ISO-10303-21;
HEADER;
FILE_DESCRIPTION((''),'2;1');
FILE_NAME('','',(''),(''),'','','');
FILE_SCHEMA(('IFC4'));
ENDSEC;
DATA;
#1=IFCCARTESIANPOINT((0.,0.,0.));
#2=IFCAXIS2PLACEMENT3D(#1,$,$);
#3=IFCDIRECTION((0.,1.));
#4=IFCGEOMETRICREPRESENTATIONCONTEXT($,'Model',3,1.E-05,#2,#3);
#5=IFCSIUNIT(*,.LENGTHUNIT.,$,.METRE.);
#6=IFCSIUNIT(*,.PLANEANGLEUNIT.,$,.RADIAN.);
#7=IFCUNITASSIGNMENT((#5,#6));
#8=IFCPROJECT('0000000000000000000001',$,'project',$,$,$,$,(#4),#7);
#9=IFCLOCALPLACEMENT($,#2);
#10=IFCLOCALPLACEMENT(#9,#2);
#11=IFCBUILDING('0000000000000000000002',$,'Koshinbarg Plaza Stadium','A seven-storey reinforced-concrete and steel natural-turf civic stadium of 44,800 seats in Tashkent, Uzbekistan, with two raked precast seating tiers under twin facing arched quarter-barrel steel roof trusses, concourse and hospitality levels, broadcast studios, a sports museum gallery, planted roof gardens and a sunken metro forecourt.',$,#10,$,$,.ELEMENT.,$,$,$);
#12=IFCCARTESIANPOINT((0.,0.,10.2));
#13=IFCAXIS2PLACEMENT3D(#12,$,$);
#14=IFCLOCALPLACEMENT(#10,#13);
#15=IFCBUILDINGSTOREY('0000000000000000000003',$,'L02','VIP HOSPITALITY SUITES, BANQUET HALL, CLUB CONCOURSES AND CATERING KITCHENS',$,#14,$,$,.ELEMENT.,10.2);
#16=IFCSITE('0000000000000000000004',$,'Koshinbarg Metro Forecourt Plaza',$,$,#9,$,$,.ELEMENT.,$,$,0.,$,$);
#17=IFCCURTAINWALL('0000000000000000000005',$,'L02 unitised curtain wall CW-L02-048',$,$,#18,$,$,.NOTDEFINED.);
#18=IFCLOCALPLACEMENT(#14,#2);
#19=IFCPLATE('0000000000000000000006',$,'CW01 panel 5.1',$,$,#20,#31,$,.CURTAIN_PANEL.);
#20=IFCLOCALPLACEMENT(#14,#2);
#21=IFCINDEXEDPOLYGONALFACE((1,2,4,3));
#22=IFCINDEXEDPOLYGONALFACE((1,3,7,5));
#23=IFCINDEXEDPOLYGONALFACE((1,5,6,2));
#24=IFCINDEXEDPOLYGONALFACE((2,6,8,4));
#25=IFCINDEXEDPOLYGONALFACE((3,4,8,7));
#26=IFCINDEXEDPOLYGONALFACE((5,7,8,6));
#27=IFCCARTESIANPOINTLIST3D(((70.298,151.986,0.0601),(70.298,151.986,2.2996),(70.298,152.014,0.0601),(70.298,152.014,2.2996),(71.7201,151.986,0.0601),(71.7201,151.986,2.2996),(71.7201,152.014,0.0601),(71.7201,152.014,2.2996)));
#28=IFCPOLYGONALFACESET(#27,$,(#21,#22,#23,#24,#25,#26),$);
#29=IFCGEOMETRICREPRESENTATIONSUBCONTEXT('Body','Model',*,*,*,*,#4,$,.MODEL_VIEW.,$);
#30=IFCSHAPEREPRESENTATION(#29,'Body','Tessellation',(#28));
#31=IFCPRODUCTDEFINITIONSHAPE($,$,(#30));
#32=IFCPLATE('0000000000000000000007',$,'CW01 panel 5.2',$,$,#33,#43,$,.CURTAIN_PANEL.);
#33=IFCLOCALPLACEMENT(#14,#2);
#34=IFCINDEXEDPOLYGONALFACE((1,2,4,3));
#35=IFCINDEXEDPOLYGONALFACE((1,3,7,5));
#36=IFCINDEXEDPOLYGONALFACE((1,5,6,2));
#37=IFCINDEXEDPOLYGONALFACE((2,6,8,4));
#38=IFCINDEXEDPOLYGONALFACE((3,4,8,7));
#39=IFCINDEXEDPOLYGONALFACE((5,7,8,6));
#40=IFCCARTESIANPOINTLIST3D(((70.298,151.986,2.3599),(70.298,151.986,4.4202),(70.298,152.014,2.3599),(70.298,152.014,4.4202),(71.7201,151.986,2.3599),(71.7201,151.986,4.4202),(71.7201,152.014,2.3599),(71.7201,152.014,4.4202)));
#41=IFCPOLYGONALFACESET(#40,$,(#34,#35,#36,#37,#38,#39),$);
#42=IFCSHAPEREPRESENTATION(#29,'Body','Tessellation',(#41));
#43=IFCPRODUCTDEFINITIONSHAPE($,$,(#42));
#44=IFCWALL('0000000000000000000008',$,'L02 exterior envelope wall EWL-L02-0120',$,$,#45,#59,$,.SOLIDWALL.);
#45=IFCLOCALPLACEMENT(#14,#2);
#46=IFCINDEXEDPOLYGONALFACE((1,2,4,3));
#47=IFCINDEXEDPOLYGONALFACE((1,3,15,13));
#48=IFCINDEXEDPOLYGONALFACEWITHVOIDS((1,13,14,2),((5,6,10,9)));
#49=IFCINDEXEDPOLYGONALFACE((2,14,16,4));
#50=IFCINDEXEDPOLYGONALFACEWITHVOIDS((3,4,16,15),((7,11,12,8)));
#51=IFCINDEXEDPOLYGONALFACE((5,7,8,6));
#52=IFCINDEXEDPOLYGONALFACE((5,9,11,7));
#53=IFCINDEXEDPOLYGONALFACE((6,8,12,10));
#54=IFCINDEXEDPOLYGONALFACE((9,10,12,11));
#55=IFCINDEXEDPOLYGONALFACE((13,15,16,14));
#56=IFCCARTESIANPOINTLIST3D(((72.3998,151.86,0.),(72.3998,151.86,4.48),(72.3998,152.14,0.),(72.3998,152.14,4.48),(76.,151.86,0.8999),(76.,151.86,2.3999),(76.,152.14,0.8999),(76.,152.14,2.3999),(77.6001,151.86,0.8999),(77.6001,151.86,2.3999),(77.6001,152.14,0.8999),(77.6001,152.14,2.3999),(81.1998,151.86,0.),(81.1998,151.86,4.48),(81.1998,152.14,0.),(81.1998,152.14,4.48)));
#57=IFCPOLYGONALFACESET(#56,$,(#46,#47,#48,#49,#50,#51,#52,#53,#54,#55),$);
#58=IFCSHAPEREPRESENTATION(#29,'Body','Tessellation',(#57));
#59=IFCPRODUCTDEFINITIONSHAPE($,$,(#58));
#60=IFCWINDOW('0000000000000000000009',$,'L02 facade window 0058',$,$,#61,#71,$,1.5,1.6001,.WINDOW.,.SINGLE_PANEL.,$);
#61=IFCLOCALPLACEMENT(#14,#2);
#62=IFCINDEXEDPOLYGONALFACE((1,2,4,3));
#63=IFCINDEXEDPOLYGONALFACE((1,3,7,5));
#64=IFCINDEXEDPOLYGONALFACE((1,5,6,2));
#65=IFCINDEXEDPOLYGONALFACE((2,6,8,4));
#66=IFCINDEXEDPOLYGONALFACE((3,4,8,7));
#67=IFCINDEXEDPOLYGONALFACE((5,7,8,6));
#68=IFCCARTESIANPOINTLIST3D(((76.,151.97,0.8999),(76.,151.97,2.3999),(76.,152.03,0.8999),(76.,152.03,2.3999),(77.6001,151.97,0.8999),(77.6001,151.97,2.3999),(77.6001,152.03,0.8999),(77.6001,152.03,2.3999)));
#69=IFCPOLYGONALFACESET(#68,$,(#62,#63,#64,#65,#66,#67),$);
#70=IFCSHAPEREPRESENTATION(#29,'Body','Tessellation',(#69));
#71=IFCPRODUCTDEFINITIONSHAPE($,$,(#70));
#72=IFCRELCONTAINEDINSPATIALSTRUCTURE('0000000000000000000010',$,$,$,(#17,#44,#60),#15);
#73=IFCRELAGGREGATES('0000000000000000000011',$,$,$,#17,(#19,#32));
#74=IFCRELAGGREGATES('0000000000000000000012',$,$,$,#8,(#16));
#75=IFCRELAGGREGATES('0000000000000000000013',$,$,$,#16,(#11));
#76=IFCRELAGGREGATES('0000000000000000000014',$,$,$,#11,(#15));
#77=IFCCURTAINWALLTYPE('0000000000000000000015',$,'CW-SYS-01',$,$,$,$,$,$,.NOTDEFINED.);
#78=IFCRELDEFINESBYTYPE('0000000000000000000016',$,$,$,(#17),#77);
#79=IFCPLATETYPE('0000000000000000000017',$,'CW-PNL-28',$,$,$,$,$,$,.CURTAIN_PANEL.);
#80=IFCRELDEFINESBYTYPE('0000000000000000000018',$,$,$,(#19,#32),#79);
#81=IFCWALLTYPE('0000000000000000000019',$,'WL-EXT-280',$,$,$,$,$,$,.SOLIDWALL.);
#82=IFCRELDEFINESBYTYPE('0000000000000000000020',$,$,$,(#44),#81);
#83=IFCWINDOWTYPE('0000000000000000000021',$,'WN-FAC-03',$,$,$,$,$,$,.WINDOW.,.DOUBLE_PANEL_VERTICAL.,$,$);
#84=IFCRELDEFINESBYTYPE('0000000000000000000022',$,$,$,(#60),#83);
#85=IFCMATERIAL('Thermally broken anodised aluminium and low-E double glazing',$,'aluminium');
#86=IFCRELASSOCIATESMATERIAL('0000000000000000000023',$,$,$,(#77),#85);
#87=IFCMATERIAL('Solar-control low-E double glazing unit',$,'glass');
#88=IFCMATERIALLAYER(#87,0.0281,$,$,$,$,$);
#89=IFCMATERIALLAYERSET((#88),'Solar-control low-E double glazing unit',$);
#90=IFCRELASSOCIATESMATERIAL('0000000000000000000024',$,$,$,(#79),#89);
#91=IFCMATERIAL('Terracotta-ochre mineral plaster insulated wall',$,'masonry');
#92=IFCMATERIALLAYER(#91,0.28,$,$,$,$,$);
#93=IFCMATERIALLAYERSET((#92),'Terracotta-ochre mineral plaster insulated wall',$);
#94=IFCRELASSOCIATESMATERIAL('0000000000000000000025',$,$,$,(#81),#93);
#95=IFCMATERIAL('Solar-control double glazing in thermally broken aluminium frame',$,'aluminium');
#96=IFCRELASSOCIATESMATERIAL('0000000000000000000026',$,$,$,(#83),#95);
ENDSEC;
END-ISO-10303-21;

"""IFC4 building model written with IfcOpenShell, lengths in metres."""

from ifc_helpers import new_model, si_unit, direction, frame, frame_2d, origin, origin_2d, place, context, subcontext, project, spatial, rectangle, extrude, material, layer, layer_set, type_object, element, fill, aggregate, save


model = new_model("IFC4")

# Units and contexts
model_context = context("Model", 3, precision=1e-05, world=origin(), true_north=direction((0.0, 1.0)))
body_context = subcontext(model_context, "Body", "Model", "MODEL_VIEW")
ifc_project = project(units=[si_unit("LENGTHUNIT", "METRE"), si_unit("PLANEANGLEUNIT", "RADIAN")], contexts=[model_context])

# Site, building, storey
site_placement = place(None, origin())
site = spatial("IfcSite", under=ifc_project, at=site_placement, Name="Koshinbarg Metro Forecourt Plaza", CompositionType="ELEMENT", RefElevation=0.0)
building_placement = place(site_placement, origin())
building = spatial("IfcBuilding", under=site, at=building_placement, Name="Koshinbarg Plaza Stadium", Description="A seven-storey reinforced-concrete and steel natural-turf civic stadium of 44,800 seats in Tashkent, Uzbekistan, with two raked precast seating tiers under twin facing arched quarter-barrel steel roof trusses, concourse and hospitality levels, broadcast studios, a sports museum gallery, planted roof gardens and a sunken metro forecourt.", CompositionType="ELEMENT")
storey_placement = place(building_placement, frame((0.0, 0.0, 10.2)))
storey = spatial("IfcBuildingStorey", under=building, at=storey_placement, Name="L02", Description="VIP HOSPITALITY SUITES, BANQUET HALL, CLUB CONCOURSES AND CATERING KITCHENS", CompositionType="ELEMENT", Elevation=10.2)

# Curtain wall
ifc_material_1 = material(Name="Thermally broken anodised aluminium and low-E double glazing", Category="aluminium")
curtain_wall_type_1 = type_object("IfcCurtainWallType", Name="CW-SYS-01", PredefinedType="NOTDEFINED", material=ifc_material_1)
curtain_wall_1_placement = place(storey_placement, origin())
curtain_wall_1 = element("IfcCurtainWall", 1, at=curtain_wall_1_placement, inside=storey, type_object=curtain_wall_type_1, Name="L02 unitised curtain wall CW-L02-048", PredefinedType="NOTDEFINED")

# Plates
ifc_material_2 = material(Name="Solar-control low-E double glazing unit", Category="glass")
ifc_layer_1 = layer(ifc_material_2, 0.0281)
ifc_layer_set_1 = layer_set([ifc_layer_1], Name="Solar-control low-E double glazing unit")
plate_type = type_object("IfcPlateType", Name="CW-PNL-28", PredefinedType="CURTAIN_PANEL", material=ifc_layer_set_1)
plate_1_placement = place(storey_placement, frame((71.009, 152.0, 0.0601), z_axis=(0.0, 0.0, 1.0), x_axis=(1.0, 0.0, 0.0)))
plate_1 = element("IfcPlate", 2, at=plate_1_placement, type_object=plate_type, Name="CW01 panel 5.1", PredefinedType="CURTAIN_PANEL", context=body_context, shape_type="SweptSolid", body=[
    extrude(rectangle(XDim=1.4221, YDim=0.0281, at=origin_2d()), origin(), (0.0, 0.0, 1.0), 2.2395),
])
plate_2_placement = place(storey_placement, frame((71.009, 152.0, 2.3599), z_axis=(0.0, 0.0, 1.0), x_axis=(1.0, 0.0, 0.0)))
plate_2 = element("IfcPlate", 3, at=plate_2_placement, type_object=plate_type, Name="CW01 panel 5.2", PredefinedType="CURTAIN_PANEL", context=body_context, shape_type="SweptSolid", body=[
    extrude(rectangle(XDim=1.4221, YDim=0.0281, at=origin_2d()), origin(), (0.0, 0.0, 1.0), 2.0603),
])
aggregate(curtain_wall_1, [plate_1, plate_2])

# Wall, opening, window
ifc_material_3 = material(Name="Terracotta-ochre mineral plaster insulated wall", Category="masonry")
ifc_layer_2 = layer(ifc_material_3, 0.28)
ifc_layer_set_2 = layer_set([ifc_layer_2], Name="Terracotta-ochre mineral plaster insulated wall")
wall_type = type_object("IfcWallType", Name="WL-EXT-280", PredefinedType="SOLIDWALL", material=ifc_layer_set_2)
wall_placement = place(storey_placement, frame((72.3999, 152.0, 0.0), z_axis=(0.0, 0.0, 1.0), x_axis=(1.0, 0.0, 0.0)))
wall = element("IfcWall", 4, at=wall_placement, inside=storey, type_object=wall_type, Name="L02 exterior envelope wall EWL-L02-0120", PredefinedType="SOLIDWALL", context=body_context, shape_type="SweptSolid", body=[
    extrude(rectangle(XDim=8.8, YDim=0.28, at=frame_2d((4.3999, 0.0))), origin(), (0.0, 0.0, 1.0), 4.48),
])
opening_placement = place(wall_placement, frame((3.6001, 0.0, 0.8999)))
opening = element("IfcOpeningElement", 5, at=opening_placement, cuts=wall, PredefinedType="OPENING", context=body_context, shape_type="SweptSolid", body=[
    extrude(rectangle(XDim=1.6001, YDim=1.5, at=frame_2d((0.8, 0.75))), frame((0.0, 0.1499, 0.0), z_axis=(0.0, -1.0, 0.0), x_axis=(1.0, 0.0, 0.0)), (0.0, 0.0, 1.0), 0.3),
])
ifc_material_4 = material(Name="Solar-control double glazing in thermally broken aluminium frame", Category="aluminium")
window_type = type_object("IfcWindowType", Name="WN-FAC-03", PartitioningType="DOUBLE_PANEL_VERTICAL", PredefinedType="WINDOW", material=ifc_material_4)
window_placement = place(opening_placement, origin())
window = element("IfcWindow", 6, at=window_placement, inside=storey, type_object=window_type, Name="L02 facade window 0058", OverallHeight=1.5, OverallWidth=1.6001, PartitioningType="SINGLE_PANEL", PredefinedType="WINDOW", context=body_context, shape_type="SweptSolid", body=[
    extrude(rectangle(XDim=1.6001, YDim=1.5, at=frame_2d((0.8, 0.75))), frame((0.0, 0.03, 0.0), z_axis=(0.0, -1.0, 0.0), x_axis=(1.0, 0.0, 0.0)), (0.0, 0.0, 1.0), 0.0601),
])
fill(opening, window)

save(model, "model.ifc")
